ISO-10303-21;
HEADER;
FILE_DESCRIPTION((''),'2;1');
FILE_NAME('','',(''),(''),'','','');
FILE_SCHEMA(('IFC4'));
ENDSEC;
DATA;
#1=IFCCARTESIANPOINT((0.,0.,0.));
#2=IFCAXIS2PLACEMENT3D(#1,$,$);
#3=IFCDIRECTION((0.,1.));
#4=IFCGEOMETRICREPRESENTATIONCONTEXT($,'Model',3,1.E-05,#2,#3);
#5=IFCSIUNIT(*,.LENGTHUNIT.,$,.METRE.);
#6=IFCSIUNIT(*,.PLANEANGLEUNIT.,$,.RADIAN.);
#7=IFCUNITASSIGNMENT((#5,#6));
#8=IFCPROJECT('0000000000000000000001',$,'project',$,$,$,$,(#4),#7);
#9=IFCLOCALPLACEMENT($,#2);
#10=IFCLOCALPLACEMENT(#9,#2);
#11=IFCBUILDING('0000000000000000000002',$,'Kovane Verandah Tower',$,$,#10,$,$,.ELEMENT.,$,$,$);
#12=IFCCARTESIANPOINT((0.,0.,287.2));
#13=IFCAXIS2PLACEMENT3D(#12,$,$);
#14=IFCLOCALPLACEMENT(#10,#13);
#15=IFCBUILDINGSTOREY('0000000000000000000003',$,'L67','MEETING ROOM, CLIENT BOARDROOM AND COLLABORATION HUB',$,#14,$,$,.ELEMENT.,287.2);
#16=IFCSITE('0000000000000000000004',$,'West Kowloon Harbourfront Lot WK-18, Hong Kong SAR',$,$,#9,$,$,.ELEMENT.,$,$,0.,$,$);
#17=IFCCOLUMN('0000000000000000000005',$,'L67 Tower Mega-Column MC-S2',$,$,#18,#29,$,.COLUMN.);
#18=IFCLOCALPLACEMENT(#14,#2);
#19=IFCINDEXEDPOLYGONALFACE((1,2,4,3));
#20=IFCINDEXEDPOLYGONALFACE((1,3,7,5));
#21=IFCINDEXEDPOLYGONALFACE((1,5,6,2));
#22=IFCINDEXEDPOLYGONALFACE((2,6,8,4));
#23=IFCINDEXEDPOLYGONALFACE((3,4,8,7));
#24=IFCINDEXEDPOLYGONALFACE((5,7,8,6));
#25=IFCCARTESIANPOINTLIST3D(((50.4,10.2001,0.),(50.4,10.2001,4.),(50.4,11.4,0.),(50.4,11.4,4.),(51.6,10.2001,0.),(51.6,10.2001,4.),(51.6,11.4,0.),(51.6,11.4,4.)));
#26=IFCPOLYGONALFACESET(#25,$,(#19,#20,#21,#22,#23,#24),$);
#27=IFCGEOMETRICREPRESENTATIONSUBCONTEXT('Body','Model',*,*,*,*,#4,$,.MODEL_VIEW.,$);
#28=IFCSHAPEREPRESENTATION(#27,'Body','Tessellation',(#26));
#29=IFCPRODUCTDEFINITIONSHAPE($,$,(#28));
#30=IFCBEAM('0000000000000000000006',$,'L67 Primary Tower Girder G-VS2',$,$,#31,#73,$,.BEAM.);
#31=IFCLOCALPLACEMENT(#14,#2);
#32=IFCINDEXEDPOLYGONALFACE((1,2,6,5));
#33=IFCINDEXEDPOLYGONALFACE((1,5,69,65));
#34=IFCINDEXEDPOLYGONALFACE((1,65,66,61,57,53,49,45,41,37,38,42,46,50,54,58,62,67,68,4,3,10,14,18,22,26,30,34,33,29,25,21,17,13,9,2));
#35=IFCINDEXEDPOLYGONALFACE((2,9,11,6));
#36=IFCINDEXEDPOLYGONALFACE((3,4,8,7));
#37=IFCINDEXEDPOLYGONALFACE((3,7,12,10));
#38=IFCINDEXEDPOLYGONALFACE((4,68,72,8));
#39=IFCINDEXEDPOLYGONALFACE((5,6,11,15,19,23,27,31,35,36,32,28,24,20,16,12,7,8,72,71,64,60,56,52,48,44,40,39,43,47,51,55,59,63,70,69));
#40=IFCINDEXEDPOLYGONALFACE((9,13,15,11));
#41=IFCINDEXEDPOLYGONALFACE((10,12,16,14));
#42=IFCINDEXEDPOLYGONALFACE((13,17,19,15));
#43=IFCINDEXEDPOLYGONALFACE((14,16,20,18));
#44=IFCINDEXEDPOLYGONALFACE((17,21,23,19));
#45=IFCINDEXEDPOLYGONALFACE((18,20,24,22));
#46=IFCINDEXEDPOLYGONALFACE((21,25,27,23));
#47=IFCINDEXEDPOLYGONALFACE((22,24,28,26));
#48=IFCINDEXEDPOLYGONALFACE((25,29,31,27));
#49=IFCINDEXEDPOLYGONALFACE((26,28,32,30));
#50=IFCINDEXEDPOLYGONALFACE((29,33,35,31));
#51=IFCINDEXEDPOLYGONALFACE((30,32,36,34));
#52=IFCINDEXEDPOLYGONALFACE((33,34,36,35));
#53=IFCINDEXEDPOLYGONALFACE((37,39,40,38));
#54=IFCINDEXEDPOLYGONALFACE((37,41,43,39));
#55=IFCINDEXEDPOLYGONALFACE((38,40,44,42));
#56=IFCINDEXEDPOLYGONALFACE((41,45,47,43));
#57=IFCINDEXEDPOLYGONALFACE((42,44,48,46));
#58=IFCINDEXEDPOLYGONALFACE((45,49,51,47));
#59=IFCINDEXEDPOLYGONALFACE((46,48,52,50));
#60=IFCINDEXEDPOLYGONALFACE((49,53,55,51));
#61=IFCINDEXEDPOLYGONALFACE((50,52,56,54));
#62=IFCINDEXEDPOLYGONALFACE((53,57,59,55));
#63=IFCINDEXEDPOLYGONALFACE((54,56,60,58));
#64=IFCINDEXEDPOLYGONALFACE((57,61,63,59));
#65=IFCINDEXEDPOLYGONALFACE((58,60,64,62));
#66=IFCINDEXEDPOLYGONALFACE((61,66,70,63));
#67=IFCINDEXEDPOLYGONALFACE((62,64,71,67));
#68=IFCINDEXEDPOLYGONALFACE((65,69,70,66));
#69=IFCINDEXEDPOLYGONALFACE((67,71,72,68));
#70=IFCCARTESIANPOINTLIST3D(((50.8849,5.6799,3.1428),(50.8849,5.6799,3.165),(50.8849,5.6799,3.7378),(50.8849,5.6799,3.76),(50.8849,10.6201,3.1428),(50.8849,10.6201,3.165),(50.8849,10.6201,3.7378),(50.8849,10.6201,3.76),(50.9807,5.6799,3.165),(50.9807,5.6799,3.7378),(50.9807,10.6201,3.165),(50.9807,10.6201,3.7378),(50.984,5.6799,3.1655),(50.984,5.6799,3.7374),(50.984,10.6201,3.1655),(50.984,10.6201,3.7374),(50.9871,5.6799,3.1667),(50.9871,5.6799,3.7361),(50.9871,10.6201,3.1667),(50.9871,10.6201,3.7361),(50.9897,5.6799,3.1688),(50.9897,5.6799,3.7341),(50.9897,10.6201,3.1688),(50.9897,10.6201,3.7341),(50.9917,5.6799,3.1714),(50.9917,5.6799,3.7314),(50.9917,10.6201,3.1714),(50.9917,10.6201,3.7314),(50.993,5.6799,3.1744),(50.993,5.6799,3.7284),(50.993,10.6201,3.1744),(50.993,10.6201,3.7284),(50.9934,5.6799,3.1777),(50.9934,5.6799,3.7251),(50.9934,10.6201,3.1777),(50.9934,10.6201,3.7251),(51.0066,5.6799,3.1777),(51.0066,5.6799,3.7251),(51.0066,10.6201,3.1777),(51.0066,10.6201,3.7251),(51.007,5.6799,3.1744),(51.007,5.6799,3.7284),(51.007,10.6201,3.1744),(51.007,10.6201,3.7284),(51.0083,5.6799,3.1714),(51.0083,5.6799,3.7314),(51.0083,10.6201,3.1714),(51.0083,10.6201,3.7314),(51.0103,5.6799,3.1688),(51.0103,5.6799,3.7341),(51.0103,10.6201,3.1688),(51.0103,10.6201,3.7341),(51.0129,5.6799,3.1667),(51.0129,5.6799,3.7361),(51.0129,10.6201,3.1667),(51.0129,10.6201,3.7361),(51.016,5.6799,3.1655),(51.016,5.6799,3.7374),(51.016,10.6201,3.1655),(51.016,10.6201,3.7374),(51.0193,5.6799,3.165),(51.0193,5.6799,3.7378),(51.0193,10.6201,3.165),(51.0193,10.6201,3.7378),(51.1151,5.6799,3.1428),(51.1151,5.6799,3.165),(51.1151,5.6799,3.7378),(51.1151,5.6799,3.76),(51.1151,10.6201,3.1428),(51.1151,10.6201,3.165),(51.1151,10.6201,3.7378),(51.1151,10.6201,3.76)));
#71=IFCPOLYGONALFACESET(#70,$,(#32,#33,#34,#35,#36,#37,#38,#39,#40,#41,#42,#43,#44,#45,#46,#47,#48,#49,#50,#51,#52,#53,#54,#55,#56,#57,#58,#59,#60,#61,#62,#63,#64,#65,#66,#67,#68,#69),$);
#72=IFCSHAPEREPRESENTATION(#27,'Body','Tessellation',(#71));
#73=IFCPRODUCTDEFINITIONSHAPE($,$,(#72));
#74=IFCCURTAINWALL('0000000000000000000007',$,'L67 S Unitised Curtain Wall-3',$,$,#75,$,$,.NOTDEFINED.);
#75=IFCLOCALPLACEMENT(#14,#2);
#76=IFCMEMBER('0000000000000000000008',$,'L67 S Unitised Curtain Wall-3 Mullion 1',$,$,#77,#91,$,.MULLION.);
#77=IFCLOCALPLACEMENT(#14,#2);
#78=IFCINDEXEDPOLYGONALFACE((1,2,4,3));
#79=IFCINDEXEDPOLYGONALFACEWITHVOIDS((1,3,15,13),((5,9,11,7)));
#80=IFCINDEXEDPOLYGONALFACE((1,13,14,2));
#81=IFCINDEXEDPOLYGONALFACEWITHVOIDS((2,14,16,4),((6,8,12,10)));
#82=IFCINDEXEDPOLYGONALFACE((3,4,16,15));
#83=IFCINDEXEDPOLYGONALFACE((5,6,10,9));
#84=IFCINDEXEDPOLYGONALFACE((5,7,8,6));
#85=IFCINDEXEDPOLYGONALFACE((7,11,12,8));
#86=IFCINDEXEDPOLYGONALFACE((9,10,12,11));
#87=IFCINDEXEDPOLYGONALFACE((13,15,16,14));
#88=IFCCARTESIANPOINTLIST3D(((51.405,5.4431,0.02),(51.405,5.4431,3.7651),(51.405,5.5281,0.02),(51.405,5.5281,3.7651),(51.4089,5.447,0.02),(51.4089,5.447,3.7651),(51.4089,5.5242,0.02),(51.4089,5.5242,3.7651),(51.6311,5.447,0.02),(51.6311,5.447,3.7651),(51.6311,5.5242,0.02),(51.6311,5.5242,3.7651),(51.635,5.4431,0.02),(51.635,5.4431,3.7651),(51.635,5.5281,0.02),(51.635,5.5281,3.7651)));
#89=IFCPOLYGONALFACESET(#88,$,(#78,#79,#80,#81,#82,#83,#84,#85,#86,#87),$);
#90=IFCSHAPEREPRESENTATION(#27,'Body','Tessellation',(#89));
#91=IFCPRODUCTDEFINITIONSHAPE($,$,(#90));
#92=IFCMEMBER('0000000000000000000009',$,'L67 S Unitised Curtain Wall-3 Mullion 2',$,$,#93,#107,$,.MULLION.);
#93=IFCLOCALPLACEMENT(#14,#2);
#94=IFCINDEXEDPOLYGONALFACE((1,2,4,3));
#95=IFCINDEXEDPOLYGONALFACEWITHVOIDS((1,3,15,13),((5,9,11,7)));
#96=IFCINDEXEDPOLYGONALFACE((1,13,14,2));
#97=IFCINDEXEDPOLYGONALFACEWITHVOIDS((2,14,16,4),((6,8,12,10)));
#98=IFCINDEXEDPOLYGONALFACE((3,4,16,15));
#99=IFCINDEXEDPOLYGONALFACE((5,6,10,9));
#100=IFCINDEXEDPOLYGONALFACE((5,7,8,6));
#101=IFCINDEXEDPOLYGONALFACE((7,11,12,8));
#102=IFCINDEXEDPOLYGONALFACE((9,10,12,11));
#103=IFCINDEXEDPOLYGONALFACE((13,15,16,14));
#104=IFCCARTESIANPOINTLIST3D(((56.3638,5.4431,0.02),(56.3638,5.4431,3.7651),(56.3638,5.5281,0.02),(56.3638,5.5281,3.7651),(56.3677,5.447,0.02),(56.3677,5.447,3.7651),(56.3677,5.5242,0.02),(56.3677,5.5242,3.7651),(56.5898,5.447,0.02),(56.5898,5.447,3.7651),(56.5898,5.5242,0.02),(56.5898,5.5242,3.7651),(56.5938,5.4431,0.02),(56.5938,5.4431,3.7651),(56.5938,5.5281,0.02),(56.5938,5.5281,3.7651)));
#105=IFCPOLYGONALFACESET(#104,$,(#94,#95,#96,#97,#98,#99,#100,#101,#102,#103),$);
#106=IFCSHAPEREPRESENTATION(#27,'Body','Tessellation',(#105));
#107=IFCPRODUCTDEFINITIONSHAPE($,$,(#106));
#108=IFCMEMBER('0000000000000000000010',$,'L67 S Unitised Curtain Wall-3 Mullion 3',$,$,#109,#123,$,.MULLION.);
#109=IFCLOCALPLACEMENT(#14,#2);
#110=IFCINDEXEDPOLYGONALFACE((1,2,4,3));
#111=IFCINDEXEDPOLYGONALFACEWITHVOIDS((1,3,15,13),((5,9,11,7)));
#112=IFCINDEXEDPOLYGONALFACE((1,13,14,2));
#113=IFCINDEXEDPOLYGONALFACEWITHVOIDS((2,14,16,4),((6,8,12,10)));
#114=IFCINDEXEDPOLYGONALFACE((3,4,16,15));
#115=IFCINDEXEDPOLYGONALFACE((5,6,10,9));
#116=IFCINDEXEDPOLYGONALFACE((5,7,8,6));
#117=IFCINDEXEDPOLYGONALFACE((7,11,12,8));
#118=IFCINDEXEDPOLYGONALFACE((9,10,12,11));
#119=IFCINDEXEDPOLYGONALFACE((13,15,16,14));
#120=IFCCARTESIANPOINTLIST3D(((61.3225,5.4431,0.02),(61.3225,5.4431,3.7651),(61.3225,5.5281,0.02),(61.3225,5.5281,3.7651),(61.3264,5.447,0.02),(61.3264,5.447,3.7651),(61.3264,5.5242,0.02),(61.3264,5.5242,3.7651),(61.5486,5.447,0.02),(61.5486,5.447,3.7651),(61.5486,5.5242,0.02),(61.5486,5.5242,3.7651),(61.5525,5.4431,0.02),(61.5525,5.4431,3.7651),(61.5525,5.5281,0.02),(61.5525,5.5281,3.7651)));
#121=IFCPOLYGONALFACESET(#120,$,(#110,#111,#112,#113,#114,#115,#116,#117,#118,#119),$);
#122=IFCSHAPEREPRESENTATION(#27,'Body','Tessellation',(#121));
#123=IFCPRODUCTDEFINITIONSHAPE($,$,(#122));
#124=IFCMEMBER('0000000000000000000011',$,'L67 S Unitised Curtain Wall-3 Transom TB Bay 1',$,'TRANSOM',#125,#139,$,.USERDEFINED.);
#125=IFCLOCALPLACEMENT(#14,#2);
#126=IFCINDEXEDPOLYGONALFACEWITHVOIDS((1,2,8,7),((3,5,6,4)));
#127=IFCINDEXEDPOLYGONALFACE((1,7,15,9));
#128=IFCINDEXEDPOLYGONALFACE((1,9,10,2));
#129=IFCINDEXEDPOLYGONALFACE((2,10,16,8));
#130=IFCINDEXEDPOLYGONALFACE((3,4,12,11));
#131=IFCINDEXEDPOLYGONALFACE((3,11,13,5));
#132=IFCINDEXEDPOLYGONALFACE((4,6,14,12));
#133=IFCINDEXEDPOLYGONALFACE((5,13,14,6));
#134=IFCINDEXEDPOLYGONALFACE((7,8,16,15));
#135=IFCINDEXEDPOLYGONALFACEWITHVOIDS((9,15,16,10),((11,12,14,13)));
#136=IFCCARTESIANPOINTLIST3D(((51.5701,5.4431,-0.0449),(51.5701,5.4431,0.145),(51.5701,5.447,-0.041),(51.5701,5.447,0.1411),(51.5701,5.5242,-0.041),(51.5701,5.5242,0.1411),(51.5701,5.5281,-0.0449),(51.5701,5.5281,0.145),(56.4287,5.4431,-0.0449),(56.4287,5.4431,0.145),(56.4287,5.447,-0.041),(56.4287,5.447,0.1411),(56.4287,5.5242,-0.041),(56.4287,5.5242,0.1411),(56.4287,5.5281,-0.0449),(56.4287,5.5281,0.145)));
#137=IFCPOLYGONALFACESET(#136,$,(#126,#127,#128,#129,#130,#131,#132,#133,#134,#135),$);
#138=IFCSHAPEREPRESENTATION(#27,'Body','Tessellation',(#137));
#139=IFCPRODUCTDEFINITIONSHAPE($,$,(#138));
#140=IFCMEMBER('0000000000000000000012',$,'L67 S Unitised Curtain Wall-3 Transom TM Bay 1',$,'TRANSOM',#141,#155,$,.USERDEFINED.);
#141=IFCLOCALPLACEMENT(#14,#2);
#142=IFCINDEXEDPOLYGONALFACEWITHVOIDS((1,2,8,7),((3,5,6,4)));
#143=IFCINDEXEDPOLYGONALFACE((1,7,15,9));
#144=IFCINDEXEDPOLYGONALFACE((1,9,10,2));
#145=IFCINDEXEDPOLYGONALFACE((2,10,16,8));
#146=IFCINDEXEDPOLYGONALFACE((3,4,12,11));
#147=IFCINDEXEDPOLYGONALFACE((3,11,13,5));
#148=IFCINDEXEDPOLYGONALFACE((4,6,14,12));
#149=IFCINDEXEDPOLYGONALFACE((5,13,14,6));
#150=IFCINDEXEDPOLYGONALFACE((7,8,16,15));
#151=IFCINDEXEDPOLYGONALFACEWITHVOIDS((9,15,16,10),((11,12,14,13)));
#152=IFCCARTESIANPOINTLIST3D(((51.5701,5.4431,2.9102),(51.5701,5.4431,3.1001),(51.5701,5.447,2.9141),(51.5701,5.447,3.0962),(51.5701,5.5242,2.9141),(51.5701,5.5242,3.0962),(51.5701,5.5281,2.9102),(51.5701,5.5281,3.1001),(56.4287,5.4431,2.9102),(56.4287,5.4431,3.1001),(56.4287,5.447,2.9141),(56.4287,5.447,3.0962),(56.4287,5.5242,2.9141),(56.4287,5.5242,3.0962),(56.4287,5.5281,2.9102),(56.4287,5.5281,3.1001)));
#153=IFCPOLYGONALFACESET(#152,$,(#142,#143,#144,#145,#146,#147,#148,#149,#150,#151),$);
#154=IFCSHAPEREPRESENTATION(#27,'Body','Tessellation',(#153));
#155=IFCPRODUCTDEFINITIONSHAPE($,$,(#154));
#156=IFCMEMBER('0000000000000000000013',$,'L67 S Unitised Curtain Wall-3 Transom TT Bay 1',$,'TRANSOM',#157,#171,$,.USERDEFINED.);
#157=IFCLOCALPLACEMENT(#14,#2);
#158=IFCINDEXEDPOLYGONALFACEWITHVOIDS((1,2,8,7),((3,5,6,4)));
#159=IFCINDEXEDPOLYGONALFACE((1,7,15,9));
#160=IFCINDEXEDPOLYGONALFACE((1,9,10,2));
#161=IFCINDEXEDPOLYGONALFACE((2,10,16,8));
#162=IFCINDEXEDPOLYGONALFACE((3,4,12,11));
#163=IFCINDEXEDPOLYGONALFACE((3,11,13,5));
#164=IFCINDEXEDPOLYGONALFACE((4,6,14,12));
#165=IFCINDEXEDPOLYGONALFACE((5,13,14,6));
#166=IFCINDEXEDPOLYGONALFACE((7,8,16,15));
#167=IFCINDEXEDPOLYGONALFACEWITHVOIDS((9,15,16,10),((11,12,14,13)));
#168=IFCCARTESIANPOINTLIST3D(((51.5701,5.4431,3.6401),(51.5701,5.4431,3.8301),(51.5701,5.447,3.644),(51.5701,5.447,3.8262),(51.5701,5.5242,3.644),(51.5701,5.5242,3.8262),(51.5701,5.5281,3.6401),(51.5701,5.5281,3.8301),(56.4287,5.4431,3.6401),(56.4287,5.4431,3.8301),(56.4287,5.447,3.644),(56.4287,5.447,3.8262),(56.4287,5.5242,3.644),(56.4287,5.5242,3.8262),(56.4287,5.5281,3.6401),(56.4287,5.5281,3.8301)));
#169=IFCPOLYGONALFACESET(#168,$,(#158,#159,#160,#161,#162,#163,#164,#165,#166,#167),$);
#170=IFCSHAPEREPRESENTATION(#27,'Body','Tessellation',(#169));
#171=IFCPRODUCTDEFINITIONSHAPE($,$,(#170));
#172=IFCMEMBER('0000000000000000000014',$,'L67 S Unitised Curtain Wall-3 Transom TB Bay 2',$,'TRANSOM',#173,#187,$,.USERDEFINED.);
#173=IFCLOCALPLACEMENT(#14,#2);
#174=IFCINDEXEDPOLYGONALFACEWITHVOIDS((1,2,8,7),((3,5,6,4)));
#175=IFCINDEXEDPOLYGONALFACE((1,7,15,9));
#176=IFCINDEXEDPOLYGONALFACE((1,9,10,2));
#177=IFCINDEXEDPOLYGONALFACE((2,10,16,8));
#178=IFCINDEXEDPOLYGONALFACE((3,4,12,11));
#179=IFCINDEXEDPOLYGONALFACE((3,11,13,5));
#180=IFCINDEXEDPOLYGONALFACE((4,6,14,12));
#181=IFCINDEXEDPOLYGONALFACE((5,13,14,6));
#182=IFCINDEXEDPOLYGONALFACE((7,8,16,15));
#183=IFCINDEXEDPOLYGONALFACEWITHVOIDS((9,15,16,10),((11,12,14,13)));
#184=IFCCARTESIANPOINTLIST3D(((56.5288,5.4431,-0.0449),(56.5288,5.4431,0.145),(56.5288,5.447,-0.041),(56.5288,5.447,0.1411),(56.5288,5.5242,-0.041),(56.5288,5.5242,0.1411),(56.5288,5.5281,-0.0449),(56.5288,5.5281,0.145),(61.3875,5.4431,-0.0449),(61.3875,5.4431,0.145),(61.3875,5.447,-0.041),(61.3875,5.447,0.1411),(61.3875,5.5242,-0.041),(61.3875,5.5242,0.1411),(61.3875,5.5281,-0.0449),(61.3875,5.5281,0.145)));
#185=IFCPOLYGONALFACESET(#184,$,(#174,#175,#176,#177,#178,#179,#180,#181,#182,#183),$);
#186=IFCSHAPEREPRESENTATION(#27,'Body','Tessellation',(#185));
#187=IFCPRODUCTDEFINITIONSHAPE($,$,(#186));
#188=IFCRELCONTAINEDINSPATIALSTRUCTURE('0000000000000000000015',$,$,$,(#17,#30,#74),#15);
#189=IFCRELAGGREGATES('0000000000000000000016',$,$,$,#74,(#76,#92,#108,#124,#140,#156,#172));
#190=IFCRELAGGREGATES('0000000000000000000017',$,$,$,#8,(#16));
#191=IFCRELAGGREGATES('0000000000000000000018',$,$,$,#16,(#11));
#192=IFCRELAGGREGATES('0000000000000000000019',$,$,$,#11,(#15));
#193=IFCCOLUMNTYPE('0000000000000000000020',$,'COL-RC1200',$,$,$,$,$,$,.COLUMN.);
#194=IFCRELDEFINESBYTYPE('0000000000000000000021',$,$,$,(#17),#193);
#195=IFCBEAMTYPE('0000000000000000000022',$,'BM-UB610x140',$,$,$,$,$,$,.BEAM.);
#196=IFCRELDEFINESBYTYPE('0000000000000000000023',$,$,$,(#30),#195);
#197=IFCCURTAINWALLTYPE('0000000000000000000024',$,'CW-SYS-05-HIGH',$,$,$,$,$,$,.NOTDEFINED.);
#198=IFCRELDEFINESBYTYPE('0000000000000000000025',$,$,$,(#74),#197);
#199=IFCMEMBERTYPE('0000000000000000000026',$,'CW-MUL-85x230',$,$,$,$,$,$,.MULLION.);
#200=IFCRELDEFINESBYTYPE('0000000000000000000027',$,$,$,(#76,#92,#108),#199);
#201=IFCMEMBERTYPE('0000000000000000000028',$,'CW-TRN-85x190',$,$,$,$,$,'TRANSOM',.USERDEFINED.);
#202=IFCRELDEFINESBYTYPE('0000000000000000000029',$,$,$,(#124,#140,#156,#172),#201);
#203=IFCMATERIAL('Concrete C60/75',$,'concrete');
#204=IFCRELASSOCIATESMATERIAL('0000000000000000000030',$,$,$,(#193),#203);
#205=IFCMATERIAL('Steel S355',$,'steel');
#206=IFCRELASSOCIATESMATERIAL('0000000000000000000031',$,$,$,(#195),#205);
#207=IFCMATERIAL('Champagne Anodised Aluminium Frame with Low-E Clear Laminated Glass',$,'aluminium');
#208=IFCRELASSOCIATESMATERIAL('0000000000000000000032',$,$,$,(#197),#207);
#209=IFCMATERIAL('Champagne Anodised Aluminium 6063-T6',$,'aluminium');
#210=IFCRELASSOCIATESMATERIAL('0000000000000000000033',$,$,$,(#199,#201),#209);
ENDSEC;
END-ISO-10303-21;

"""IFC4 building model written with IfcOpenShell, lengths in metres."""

from ifc_helpers import new_model, si_unit, direction, frame, origin, origin_2d, place, context, subcontext, project, spatial, rectangle, hollow_rectangle, i_section, extrude, material, material_profile, profile_set, type_object, element, aggregate, save


model = new_model("IFC4")

# Units and contexts
model_context = context("Model", 3, precision=1e-05, world=origin(), true_north=direction((0.0, 1.0)))
body_context = subcontext(model_context, "Body", "Model", "MODEL_VIEW")
ifc_project = project(units=[si_unit("LENGTHUNIT", "METRE"), si_unit("PLANEANGLEUNIT", "RADIAN")], contexts=[model_context])

# Site, building, storey
site_placement = place(None, origin())
site = spatial("IfcSite", under=ifc_project, at=site_placement, Name="West Kowloon Harbourfront Lot WK-18, Hong Kong SAR", CompositionType="ELEMENT", RefElevation=0.0)
building_placement = place(site_placement, origin())
building = spatial("IfcBuilding", under=site, at=building_placement, Name="Kovane Verandah Tower", CompositionType="ELEMENT")
storey_placement = place(building_placement, frame((0.0, 0.0, 287.2)))
storey = spatial("IfcBuildingStorey", under=building, at=storey_placement, Name="L67", Description="MEETING ROOM, CLIENT BOARDROOM AND COLLABORATION HUB", CompositionType="ELEMENT", Elevation=287.2)

# Column
ifc_material_1 = material(Name="Concrete C60/75", Category="concrete")
ifc_material_profile_1 = material_profile(ifc_material_1, rectangle(XDim=1.2, YDim=1.2, at=origin_2d()), Name="RC1200x1200")
ifc_profile_set_1 = profile_set([ifc_material_profile_1], Name="Concrete C60/75")
column_type = type_object("IfcColumnType", Name="COL-RC1200", PredefinedType="COLUMN", material=ifc_profile_set_1)
column_placement = place(storey_placement, frame((51.0, 10.8, 0.0), z_axis=(0.0, 0.0, 1.0), x_axis=(1.0, 0.0, 0.0)))
element("IfcColumn", 1, at=column_placement, inside=storey, type_object=column_type, Name="L67 Tower Mega-Column MC-S2", PredefinedType="COLUMN", context=body_context, shape_type="SweptSolid", body=[
    extrude(rectangle(XDim=1.2, YDim=1.2, at=origin_2d()), origin(), (0.0, 0.0, 1.0), 4.0),
])

# Beam
ifc_material_2 = material(Name="Steel S355", Category="steel")
ifc_material_profile_2 = material_profile(ifc_material_2, i_section(OverallWidth=0.2302, OverallDepth=0.6172, WebThickness=0.0132, FlangeThickness=0.0222, FilletRadius=0.0127, at=origin_2d()), Name="UB610x229x140")
ifc_profile_set_2 = profile_set([ifc_material_profile_2], Name="Steel S355")
beam_type = type_object("IfcBeamType", Name="BM-UB610x140", PredefinedType="BEAM", material=ifc_profile_set_2)
beam_placement = place(storey_placement, frame((51.0, 10.6201, 3.4514), z_axis=(0.0, -1.0, 0.0), x_axis=(1.0, 0.0, 0.0)))
element("IfcBeam", 2, at=beam_placement, inside=storey, type_object=beam_type, Name="L67 Primary Tower Girder G-VS2", PredefinedType="BEAM", context=body_context, shape_type="SweptSolid", body=[
    extrude(i_section(OverallWidth=0.2302, OverallDepth=0.6172, WebThickness=0.0132, FlangeThickness=0.0222, FilletRadius=0.0127, at=origin_2d()), origin(), (0.0, 0.0, 1.0), 4.9402),
])

# Curtain wall, members
ifc_material_3 = material(Name="Champagne Anodised Aluminium Frame with Low-E Clear Laminated Glass", Category="aluminium")
curtain_wall_type = type_object("IfcCurtainWallType", Name="CW-SYS-05-HIGH", PredefinedType="NOTDEFINED", material=ifc_material_3)
curtain_wall_placement = place(storey_placement, origin())
curtain_wall = element("IfcCurtainWall", 3, at=curtain_wall_placement, inside=storey, type_object=curtain_wall_type, Name="L67 S Unitised Curtain Wall-3", PredefinedType="NOTDEFINED")
ifc_material_4 = material(Name="Champagne Anodised Aluminium 6063-T6", Category="aluminium")
ifc_material_profile_3 = material_profile(ifc_material_4, hollow_rectangle(XDim=0.085, YDim=0.23, WallThickness=0.0039, at=origin_2d()), Name="AL85x230x4")
ifc_profile_set_3 = profile_set([ifc_material_profile_3], Name="Champagne Anodised Aluminium 6063-T6")
member_type_1 = type_object("IfcMemberType", Name="CW-MUL-85x230", PredefinedType="MULLION", material=ifc_profile_set_3)
member_1_placement = place(storey_placement, frame((51.52, 5.4856, 0.02), z_axis=(0.0, 0.0, 1.0), x_axis=(0.0, -1.0, 0.0)))
member_1 = element("IfcMember", 4, at=member_1_placement, type_object=member_type_1, Name="L67 S Unitised Curtain Wall-3 Mullion 1", PredefinedType="MULLION", context=body_context, shape_type="SweptSolid", body=[
    extrude(hollow_rectangle(XDim=0.085, YDim=0.23, WallThickness=0.0039, at=origin_2d()), origin(), (0.0, 0.0, 1.0), 3.7451),
])
member_2_placement = place(storey_placement, frame((56.4788, 5.4856, 0.02), z_axis=(0.0, 0.0, 1.0), x_axis=(0.0, -1.0, 0.0)))
member_2 = element("IfcMember", 5, at=member_2_placement, type_object=member_type_1, Name="L67 S Unitised Curtain Wall-3 Mullion 2", PredefinedType="MULLION", context=body_context, shape_type="SweptSolid", body=[
    extrude(hollow_rectangle(XDim=0.085, YDim=0.23, WallThickness=0.0039, at=origin_2d()), origin(), (0.0, 0.0, 1.0), 3.7451),
])
member_3_placement = place(storey_placement, frame((61.4375, 5.4856, 0.02), z_axis=(0.0, 0.0, 1.0), x_axis=(0.0, -1.0, 0.0)))
member_3 = element("IfcMember", 6, at=member_3_placement, type_object=member_type_1, Name="L67 S Unitised Curtain Wall-3 Mullion 3", PredefinedType="MULLION", context=body_context, shape_type="SweptSolid", body=[
    extrude(hollow_rectangle(XDim=0.085, YDim=0.23, WallThickness=0.0039, at=origin_2d()), origin(), (0.0, 0.0, 1.0), 3.7451),
])
ifc_material_profile_4 = material_profile(ifc_material_4, hollow_rectangle(XDim=0.085, YDim=0.1899, WallThickness=0.0039, at=origin_2d()), Name="AL85x190x4")
ifc_profile_set_4 = profile_set([ifc_material_profile_4], Name="Champagne Anodised Aluminium 6063-T6")
member_type_2 = type_object("IfcMemberType", Name="CW-TRN-85x190", ElementType="TRANSOM", PredefinedType="USERDEFINED", material=ifc_profile_set_4)
member_4_placement = place(storey_placement, frame((51.5701, 5.4856, 0.05), z_axis=(1.0, 0.0, 0.0), x_axis=(0.0, 1.0, 0.0)))
member_4 = element("IfcMember", 7, at=member_4_placement, type_object=member_type_2, Name="L67 S Unitised Curtain Wall-3 Transom TB Bay 1", ObjectType="TRANSOM", PredefinedType="USERDEFINED", context=body_context, shape_type="SweptSolid", body=[
    extrude(hollow_rectangle(XDim=0.085, YDim=0.1899, WallThickness=0.0039, at=origin_2d()), origin(), (0.0, 0.0, 1.0), 4.8586),
])
member_5_placement = place(storey_placement, frame((51.5701, 5.4856, 3.0051), z_axis=(1.0, 0.0, 0.0), x_axis=(0.0, 1.0, 0.0)))
member_5 = element("IfcMember", 8, at=member_5_placement, type_object=member_type_2, Name="L67 S Unitised Curtain Wall-3 Transom TM Bay 1", ObjectType="TRANSOM", PredefinedType="USERDEFINED", context=body_context, shape_type="SweptSolid", body=[
    extrude(hollow_rectangle(XDim=0.085, YDim=0.1899, WallThickness=0.0039, at=origin_2d()), origin(), (0.0, 0.0, 1.0), 4.8586),
])
member_6_placement = place(storey_placement, frame((51.5701, 5.4856, 3.7351), z_axis=(1.0, 0.0, 0.0), x_axis=(0.0, 1.0, 0.0)))
member_6 = element("IfcMember", 9, at=member_6_placement, type_object=member_type_2, Name="L67 S Unitised Curtain Wall-3 Transom TT Bay 1", ObjectType="TRANSOM", PredefinedType="USERDEFINED", context=body_context, shape_type="SweptSolid", body=[
    extrude(hollow_rectangle(XDim=0.085, YDim=0.1899, WallThickness=0.0039, at=origin_2d()), origin(), (0.0, 0.0, 1.0), 4.8586),
])
member_7_placement = place(storey_placement, frame((56.5288, 5.4856, 0.05), z_axis=(1.0, 0.0, 0.0), x_axis=(0.0, 1.0, 0.0)))
member_7 = element("IfcMember", 10, at=member_7_placement, type_object=member_type_2, Name="L67 S Unitised Curtain Wall-3 Transom TB Bay 2", ObjectType="TRANSOM", PredefinedType="USERDEFINED", context=body_context, shape_type="SweptSolid", body=[
    extrude(hollow_rectangle(XDim=0.085, YDim=0.1899, WallThickness=0.0039, at=origin_2d()), origin(), (0.0, 0.0, 1.0), 4.8586),
])
aggregate(curtain_wall, [member_1, member_2, member_3, member_4, member_5, member_6, member_7])

save(model, "model.ifc")
